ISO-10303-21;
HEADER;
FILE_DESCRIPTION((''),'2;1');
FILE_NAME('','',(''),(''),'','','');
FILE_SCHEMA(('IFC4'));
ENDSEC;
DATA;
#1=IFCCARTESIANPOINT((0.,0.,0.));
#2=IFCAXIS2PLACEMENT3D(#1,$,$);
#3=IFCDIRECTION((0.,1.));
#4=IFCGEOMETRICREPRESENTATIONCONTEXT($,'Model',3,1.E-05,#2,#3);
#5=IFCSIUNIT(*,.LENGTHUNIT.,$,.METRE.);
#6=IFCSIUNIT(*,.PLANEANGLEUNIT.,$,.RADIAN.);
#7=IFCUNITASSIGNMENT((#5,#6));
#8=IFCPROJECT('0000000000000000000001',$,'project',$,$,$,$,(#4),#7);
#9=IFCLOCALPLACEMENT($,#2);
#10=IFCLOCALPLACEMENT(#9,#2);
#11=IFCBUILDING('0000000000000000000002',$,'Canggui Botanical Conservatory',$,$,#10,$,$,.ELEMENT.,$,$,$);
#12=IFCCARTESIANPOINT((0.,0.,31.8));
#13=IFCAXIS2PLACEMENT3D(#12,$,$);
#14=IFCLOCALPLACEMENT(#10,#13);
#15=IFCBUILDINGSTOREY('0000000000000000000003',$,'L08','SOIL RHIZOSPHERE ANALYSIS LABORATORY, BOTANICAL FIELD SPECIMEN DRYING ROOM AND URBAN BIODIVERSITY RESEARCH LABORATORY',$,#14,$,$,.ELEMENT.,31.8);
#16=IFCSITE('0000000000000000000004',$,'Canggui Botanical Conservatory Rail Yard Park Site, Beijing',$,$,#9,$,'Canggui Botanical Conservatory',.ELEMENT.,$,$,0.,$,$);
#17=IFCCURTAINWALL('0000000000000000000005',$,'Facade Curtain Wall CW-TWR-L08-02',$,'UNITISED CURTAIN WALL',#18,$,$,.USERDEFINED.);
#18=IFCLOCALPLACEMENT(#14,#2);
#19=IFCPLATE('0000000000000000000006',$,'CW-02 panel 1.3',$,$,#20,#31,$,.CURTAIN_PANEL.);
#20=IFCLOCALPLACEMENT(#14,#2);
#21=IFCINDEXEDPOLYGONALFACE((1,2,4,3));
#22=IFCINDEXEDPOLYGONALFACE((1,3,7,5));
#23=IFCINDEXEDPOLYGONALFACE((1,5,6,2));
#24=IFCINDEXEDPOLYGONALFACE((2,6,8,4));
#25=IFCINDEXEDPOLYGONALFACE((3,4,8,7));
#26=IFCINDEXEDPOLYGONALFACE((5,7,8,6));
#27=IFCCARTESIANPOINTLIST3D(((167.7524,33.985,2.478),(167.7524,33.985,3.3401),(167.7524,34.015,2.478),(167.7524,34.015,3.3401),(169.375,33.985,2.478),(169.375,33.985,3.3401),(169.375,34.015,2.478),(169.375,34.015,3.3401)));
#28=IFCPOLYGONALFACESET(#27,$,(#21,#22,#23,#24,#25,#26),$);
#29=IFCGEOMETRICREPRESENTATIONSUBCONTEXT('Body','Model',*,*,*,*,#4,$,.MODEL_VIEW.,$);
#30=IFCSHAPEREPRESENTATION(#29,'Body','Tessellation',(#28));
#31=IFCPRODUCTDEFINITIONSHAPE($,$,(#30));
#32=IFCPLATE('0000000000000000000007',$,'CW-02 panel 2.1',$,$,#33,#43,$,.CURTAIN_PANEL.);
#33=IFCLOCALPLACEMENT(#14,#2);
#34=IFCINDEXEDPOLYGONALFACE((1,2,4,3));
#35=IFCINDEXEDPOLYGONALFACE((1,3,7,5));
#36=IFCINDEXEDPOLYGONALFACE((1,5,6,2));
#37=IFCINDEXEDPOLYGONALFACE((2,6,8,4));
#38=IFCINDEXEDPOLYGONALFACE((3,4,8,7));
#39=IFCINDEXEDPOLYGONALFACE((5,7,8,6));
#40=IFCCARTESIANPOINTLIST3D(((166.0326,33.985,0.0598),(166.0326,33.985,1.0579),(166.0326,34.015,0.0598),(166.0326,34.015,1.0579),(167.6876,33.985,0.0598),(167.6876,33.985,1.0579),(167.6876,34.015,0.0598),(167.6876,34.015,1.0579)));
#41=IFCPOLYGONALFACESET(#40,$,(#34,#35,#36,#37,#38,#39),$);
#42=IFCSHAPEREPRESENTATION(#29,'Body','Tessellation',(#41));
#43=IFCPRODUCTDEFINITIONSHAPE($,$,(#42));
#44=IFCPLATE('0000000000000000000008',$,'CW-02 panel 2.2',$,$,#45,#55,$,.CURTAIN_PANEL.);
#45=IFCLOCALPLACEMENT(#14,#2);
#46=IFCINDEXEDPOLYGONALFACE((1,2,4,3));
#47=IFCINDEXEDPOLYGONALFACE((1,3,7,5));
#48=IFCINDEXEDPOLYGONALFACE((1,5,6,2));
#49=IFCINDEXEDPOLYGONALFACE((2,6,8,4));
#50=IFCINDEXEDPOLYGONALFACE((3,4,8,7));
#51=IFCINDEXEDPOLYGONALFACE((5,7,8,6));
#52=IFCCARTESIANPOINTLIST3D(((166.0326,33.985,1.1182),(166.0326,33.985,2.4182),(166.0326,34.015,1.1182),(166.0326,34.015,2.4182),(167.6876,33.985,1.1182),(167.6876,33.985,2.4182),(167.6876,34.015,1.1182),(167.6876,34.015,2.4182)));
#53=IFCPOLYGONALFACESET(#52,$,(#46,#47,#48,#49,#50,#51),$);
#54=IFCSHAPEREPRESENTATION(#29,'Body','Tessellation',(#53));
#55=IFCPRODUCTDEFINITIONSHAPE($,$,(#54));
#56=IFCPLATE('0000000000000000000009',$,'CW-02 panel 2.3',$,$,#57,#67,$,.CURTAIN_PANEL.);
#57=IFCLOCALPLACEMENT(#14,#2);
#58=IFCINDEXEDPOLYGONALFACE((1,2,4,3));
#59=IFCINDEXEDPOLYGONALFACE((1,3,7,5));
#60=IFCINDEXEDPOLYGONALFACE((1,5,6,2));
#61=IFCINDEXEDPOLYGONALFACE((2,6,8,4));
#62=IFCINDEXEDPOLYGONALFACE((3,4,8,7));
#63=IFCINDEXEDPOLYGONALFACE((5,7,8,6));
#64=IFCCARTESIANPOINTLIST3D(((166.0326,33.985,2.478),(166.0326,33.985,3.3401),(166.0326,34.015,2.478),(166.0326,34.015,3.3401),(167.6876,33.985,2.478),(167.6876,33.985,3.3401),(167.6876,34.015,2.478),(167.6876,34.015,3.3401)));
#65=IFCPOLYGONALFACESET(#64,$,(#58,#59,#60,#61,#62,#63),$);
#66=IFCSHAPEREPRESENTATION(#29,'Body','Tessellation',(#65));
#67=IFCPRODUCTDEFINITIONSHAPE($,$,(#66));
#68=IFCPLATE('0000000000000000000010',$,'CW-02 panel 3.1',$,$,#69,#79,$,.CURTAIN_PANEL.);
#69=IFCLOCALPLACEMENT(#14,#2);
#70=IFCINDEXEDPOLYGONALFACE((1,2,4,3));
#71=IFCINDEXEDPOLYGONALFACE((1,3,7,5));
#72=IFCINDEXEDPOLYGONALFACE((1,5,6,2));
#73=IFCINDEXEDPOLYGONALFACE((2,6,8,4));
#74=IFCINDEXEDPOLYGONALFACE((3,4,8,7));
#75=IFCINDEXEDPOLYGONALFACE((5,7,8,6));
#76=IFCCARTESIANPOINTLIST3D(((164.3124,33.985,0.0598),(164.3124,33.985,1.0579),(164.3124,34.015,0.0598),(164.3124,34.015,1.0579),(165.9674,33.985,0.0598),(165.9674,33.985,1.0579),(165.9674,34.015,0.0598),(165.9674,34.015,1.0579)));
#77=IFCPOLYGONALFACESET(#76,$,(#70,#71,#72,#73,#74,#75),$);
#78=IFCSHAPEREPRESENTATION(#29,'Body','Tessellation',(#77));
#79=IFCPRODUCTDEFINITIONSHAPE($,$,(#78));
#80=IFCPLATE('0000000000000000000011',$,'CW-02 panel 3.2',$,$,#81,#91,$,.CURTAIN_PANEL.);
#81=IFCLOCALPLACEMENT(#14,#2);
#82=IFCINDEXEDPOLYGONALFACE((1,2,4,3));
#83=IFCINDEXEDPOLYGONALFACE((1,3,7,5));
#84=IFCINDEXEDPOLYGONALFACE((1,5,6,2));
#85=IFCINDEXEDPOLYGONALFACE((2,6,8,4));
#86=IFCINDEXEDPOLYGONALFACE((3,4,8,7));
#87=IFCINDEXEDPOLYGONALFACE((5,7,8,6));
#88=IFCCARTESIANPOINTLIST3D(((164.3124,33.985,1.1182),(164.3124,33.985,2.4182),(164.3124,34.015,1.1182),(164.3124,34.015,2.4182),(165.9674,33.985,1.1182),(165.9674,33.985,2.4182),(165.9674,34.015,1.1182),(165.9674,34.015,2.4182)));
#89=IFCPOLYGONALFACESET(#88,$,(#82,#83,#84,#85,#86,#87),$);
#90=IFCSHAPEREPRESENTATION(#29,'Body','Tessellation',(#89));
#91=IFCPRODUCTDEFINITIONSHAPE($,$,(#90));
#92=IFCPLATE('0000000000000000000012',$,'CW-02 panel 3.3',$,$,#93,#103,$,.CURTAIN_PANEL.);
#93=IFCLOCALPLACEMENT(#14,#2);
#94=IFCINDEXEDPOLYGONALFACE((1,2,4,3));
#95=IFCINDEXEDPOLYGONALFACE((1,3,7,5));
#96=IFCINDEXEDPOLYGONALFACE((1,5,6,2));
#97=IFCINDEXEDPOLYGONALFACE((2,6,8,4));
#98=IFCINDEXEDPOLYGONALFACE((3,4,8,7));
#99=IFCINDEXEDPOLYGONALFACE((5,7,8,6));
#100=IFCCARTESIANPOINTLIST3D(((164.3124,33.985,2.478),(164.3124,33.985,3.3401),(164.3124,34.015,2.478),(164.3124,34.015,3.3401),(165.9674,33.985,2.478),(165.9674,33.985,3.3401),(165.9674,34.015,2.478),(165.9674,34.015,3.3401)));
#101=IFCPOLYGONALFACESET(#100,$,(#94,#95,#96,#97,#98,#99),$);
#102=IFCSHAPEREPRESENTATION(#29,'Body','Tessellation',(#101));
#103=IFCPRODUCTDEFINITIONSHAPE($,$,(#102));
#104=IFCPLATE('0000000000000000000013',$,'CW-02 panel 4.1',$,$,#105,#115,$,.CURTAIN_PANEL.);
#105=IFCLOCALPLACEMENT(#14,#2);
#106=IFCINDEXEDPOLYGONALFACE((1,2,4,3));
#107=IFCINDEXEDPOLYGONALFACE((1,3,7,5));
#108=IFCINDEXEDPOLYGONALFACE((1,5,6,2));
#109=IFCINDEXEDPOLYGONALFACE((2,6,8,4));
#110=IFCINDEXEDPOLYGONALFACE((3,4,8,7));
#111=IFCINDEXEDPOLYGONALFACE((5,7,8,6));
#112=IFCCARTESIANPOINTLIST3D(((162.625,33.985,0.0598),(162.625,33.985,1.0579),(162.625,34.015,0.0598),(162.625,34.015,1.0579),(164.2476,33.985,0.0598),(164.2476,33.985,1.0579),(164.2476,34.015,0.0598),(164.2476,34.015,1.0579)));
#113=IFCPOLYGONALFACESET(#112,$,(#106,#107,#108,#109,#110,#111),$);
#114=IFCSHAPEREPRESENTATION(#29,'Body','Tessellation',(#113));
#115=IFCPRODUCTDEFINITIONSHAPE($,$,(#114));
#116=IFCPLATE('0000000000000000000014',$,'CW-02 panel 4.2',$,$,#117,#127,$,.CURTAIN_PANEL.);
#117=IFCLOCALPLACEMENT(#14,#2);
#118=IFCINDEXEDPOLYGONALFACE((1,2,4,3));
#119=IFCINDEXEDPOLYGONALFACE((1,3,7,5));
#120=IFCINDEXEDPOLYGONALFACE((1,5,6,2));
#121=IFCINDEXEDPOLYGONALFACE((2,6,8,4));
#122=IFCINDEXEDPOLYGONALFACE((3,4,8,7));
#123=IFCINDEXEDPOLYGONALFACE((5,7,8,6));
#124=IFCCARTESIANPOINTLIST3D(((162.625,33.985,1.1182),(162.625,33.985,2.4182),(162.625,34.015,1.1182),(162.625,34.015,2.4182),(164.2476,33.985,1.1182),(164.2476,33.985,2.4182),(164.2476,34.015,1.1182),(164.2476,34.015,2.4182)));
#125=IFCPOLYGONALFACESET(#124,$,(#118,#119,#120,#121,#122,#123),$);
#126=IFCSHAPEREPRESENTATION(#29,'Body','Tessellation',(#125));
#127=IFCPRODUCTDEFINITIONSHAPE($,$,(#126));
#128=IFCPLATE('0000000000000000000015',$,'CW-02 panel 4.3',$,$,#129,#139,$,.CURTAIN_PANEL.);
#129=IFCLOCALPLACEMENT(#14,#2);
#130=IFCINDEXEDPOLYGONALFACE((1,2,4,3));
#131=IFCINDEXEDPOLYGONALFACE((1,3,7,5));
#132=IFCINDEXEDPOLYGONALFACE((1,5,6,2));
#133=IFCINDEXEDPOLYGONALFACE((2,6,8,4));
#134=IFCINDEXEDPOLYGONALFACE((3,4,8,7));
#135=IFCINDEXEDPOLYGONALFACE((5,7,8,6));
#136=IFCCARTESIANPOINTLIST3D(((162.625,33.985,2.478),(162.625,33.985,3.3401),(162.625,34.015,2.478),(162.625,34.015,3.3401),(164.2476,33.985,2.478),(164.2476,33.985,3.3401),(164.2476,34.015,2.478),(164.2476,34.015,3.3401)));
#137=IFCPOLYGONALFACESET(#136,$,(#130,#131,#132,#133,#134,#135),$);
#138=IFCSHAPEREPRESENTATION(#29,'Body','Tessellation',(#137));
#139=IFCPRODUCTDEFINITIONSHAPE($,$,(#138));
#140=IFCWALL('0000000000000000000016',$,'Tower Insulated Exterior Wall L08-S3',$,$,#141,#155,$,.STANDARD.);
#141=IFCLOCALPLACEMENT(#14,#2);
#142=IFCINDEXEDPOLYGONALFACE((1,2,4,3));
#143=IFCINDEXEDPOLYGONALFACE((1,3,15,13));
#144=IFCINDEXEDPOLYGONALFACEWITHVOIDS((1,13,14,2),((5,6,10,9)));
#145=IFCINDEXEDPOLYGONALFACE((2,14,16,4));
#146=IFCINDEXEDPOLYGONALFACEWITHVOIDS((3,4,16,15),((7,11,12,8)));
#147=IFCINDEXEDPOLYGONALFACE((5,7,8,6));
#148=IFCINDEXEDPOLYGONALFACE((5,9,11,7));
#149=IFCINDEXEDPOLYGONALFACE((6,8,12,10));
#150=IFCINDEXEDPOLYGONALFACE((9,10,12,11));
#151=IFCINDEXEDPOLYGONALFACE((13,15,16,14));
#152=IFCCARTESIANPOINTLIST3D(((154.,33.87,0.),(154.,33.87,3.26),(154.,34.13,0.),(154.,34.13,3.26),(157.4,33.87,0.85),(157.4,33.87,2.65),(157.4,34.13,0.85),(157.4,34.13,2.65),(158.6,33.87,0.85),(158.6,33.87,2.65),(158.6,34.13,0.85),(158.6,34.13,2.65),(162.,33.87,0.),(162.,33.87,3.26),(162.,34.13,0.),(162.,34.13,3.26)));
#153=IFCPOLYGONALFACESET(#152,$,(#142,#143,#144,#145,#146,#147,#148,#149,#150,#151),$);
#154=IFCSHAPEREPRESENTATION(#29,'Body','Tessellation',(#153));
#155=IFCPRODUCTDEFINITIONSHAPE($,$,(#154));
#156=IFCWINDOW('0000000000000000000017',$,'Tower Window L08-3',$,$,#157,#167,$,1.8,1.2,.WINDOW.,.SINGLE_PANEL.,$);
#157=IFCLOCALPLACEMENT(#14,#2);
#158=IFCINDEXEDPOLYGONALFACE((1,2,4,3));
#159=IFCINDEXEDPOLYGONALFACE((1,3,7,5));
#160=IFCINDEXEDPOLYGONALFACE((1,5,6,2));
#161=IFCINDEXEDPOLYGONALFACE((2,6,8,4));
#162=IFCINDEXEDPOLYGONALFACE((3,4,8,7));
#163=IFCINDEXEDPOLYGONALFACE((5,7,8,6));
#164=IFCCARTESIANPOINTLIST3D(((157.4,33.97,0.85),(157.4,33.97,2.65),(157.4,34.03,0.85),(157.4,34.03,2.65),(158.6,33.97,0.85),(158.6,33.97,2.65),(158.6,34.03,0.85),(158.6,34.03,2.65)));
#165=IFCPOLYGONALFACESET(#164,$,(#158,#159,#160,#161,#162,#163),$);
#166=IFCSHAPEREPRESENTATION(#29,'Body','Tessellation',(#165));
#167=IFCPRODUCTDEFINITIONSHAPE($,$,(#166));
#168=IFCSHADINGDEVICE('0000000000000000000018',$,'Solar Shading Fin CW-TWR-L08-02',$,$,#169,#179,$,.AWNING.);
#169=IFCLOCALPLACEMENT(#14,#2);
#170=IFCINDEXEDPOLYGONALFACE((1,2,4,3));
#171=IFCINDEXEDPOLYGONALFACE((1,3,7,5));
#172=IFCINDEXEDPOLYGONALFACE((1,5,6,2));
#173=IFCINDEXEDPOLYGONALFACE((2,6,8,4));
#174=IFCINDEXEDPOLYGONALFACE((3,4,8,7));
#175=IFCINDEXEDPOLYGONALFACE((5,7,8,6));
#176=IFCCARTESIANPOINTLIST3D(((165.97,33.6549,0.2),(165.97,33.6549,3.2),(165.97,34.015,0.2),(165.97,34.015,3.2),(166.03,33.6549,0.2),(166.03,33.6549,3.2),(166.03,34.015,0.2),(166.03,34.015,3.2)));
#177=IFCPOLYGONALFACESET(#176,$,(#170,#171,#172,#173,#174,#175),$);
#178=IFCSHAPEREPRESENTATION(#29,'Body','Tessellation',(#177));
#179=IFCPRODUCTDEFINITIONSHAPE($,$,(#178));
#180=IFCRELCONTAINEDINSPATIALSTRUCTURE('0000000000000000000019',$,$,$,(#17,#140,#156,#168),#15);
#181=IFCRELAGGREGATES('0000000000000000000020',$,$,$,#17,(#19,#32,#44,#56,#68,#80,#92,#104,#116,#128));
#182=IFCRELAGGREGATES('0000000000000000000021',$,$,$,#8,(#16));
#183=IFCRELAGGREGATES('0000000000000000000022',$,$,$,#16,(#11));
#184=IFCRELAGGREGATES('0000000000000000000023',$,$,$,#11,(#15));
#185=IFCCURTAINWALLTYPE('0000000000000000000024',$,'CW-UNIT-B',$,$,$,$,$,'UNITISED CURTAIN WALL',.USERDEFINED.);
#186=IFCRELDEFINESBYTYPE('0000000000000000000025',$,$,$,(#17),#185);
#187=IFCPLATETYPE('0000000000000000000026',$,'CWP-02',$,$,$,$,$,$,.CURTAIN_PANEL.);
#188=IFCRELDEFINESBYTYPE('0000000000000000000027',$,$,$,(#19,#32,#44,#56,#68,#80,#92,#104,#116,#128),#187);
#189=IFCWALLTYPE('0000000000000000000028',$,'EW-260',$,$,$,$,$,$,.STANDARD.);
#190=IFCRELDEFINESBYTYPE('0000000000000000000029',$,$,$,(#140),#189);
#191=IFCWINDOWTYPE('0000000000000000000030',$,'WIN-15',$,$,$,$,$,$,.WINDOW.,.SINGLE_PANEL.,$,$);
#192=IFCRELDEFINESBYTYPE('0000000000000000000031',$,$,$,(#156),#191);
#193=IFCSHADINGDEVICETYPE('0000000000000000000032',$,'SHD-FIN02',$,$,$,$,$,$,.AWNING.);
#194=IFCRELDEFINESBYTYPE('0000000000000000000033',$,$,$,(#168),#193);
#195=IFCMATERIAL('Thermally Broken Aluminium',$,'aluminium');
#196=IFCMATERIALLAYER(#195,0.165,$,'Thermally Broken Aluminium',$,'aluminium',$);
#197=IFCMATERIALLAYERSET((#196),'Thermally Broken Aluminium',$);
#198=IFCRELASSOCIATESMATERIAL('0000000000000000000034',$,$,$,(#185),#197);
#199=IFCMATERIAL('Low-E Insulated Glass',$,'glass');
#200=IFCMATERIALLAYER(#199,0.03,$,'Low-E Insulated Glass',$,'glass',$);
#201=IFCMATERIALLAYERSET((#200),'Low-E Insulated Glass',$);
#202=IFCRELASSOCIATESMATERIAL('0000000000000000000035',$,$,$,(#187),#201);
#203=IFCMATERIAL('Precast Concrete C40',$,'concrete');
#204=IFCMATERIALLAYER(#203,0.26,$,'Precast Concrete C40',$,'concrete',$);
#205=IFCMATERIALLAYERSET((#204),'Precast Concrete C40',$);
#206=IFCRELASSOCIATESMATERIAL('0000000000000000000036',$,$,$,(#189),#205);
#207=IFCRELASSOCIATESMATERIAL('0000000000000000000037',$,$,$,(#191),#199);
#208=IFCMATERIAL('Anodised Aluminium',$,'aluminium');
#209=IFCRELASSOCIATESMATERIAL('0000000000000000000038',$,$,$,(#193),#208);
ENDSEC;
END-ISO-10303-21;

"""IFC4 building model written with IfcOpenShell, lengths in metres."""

from ifc_helpers import new_model, si_unit, direction, frame, frame_2d, origin, origin_2d, place, context, subcontext, project, spatial, rectangle, extrude, material, layer, layer_set, type_object, element, fill, aggregate, save


model = new_model("IFC4")

# Units and contexts
model_context = context("Model", 3, precision=1e-05, world=origin(), true_north=direction((0.0, 1.0)))
body_context = subcontext(model_context, "Body", "Model", "MODEL_VIEW")
ifc_project = project(units=[si_unit("LENGTHUNIT", "METRE"), si_unit("PLANEANGLEUNIT", "RADIAN")], contexts=[model_context])

# Site, building, storey
site_placement = place(None, origin())
site = spatial("IfcSite", under=ifc_project, at=site_placement, Name="Canggui Botanical Conservatory Rail Yard Park Site, Beijing", LongName="Canggui Botanical Conservatory", CompositionType="ELEMENT", RefElevation=0.0)
building_placement = place(site_placement, origin())
building = spatial("IfcBuilding", under=site, at=building_placement, Name="Canggui Botanical Conservatory", CompositionType="ELEMENT")
storey_placement = place(building_placement, frame((0.0, 0.0, 31.8)))
storey = spatial("IfcBuildingStorey", under=building, at=storey_placement, Name="L08", Description="SOIL RHIZOSPHERE ANALYSIS LABORATORY, BOTANICAL FIELD SPECIMEN DRYING ROOM AND URBAN BIODIVERSITY RESEARCH LABORATORY", CompositionType="ELEMENT", Elevation=31.8)

# Curtain wall, plates
ifc_material_1 = material(Name="Thermally Broken Aluminium", Category="aluminium")
ifc_layer_1 = layer(ifc_material_1, 0.165, Name="Thermally Broken Aluminium", Category="aluminium")
ifc_layer_set_1 = layer_set([ifc_layer_1], Name="Thermally Broken Aluminium")
curtain_wall_type = type_object("IfcCurtainWallType", Name="CW-UNIT-B", ElementType="UNITISED CURTAIN WALL", PredefinedType="USERDEFINED", material=ifc_layer_set_1)
curtain_wall_placement = place(storey_placement, origin())
curtain_wall = element("IfcCurtainWall", 1, at=curtain_wall_placement, inside=storey, type_object=curtain_wall_type, Name="Facade Curtain Wall CW-TWR-L08-02", ObjectType="UNITISED CURTAIN WALL", PredefinedType="USERDEFINED")
ifc_material_2 = material(Name="Low-E Insulated Glass", Category="glass")
ifc_layer_2 = layer(ifc_material_2, 0.03, Name="Low-E Insulated Glass", Category="glass")
ifc_layer_set_2 = layer_set([ifc_layer_2], Name="Low-E Insulated Glass")
plate_type = type_object("IfcPlateType", Name="CWP-02", PredefinedType="CURTAIN_PANEL", material=ifc_layer_set_2)
plate_1_placement = place(storey_placement, frame((168.5637, 34.0, 2.478), z_axis=(0.0, 0.0, 1.0), x_axis=(-1.0, 0.0, 0.0)))
plate_1 = element("IfcPlate", 2, at=plate_1_placement, type_object=plate_type, Name="CW-02 panel 1.3", PredefinedType="CURTAIN_PANEL", context=body_context, shape_type="SweptSolid", body=[
    extrude(rectangle(XDim=1.6226, YDim=0.03, at=origin_2d()), origin(), (0.0, 0.0, 1.0), 0.8621),
])
plate_2_placement = place(storey_placement, frame((166.8601, 34.0, 0.0598), z_axis=(0.0, 0.0, 1.0), x_axis=(-1.0, 0.0, 0.0)))
plate_2 = element("IfcPlate", 3, at=plate_2_placement, type_object=plate_type, Name="CW-02 panel 2.1", PredefinedType="CURTAIN_PANEL", context=body_context, shape_type="SweptSolid", body=[
    extrude(rectangle(XDim=1.655, YDim=0.03, at=origin_2d()), origin(), (0.0, 0.0, 1.0), 0.998),
])
plate_3_placement = place(storey_placement, frame((166.8601, 34.0, 1.1182), z_axis=(0.0, 0.0, 1.0), x_axis=(-1.0, 0.0, 0.0)))
plate_3 = element("IfcPlate", 4, at=plate_3_placement, type_object=plate_type, Name="CW-02 panel 2.2", PredefinedType="CURTAIN_PANEL", context=body_context, shape_type="SweptSolid", body=[
    extrude(rectangle(XDim=1.655, YDim=0.03, at=origin_2d()), origin(), (0.0, 0.0, 1.0), 1.3),
])
plate_4_placement = place(storey_placement, frame((166.8601, 34.0, 2.478), z_axis=(0.0, 0.0, 1.0), x_axis=(-1.0, 0.0, 0.0)))
plate_4 = element("IfcPlate", 5, at=plate_4_placement, type_object=plate_type, Name="CW-02 panel 2.3", PredefinedType="CURTAIN_PANEL", context=body_context, shape_type="SweptSolid", body=[
    extrude(rectangle(XDim=1.655, YDim=0.03, at=origin_2d()), origin(), (0.0, 0.0, 1.0), 0.8621),
])
plate_5_placement = place(storey_placement, frame((165.1399, 34.0, 0.0598), z_axis=(0.0, 0.0, 1.0), x_axis=(-1.0, 0.0, 0.0)))
plate_5 = element("IfcPlate", 6, at=plate_5_placement, type_object=plate_type, Name="CW-02 panel 3.1", PredefinedType="CURTAIN_PANEL", context=body_context, shape_type="SweptSolid", body=[
    extrude(rectangle(XDim=1.655, YDim=0.03, at=origin_2d()), origin(), (0.0, 0.0, 1.0), 0.998),
])
plate_6_placement = place(storey_placement, frame((165.1399, 34.0, 1.1182), z_axis=(0.0, 0.0, 1.0), x_axis=(-1.0, 0.0, 0.0)))
plate_6 = element("IfcPlate", 7, at=plate_6_placement, type_object=plate_type, Name="CW-02 panel 3.2", PredefinedType="CURTAIN_PANEL", context=body_context, shape_type="SweptSolid", body=[
    extrude(rectangle(XDim=1.655, YDim=0.03, at=origin_2d()), origin(), (0.0, 0.0, 1.0), 1.3),
])
plate_7_placement = place(storey_placement, frame((165.1399, 34.0, 2.478), z_axis=(0.0, 0.0, 1.0), x_axis=(-1.0, 0.0, 0.0)))
plate_7 = element("IfcPlate", 8, at=plate_7_placement, type_object=plate_type, Name="CW-02 panel 3.3", PredefinedType="CURTAIN_PANEL", context=body_context, shape_type="SweptSolid", body=[
    extrude(rectangle(XDim=1.655, YDim=0.03, at=origin_2d()), origin(), (0.0, 0.0, 1.0), 0.8621),
])
plate_8_placement = place(storey_placement, frame((163.4363, 34.0, 0.0598), z_axis=(0.0, 0.0, 1.0), x_axis=(-1.0, 0.0, 0.0)))
plate_8 = element("IfcPlate", 9, at=plate_8_placement, type_object=plate_type, Name="CW-02 panel 4.1", PredefinedType="CURTAIN_PANEL", context=body_context, shape_type="SweptSolid", body=[
    extrude(rectangle(XDim=1.6226, YDim=0.03, at=origin_2d()), origin(), (0.0, 0.0, 1.0), 0.998),
])
plate_9_placement = place(storey_placement, frame((163.4363, 34.0, 1.1182), z_axis=(0.0, 0.0, 1.0), x_axis=(-1.0, 0.0, 0.0)))
plate_9 = element("IfcPlate", 10, at=plate_9_placement, type_object=plate_type, Name="CW-02 panel 4.2", PredefinedType="CURTAIN_PANEL", context=body_context, shape_type="SweptSolid", body=[
    extrude(rectangle(XDim=1.6226, YDim=0.03, at=origin_2d()), origin(), (0.0, 0.0, 1.0), 1.3),
])
plate_10_placement = place(storey_placement, frame((163.4363, 34.0, 2.478), z_axis=(0.0, 0.0, 1.0), x_axis=(-1.0, 0.0, 0.0)))
plate_10 = element("IfcPlate", 11, at=plate_10_placement, type_object=plate_type, Name="CW-02 panel 4.3", PredefinedType="CURTAIN_PANEL", context=body_context, shape_type="SweptSolid", body=[
    extrude(rectangle(XDim=1.6226, YDim=0.03, at=origin_2d()), origin(), (0.0, 0.0, 1.0), 0.8621),
])
aggregate(curtain_wall, [plate_1, plate_2, plate_3, plate_4, plate_5, plate_6, plate_7, plate_8, plate_9, plate_10])

# Wall, opening, window
ifc_material_3 = material(Name="Precast Concrete C40", Category="concrete")
ifc_layer_3 = layer(ifc_material_3, 0.26, Name="Precast Concrete C40", Category="concrete")
ifc_layer_set_3 = layer_set([ifc_layer_3], Name="Precast Concrete C40")
wall_type = type_object("IfcWallType", Name="EW-260", PredefinedType="STANDARD", material=ifc_layer_set_3)
wall_placement = place(storey_placement, frame((162.0, 34.0, 0.0), z_axis=(0.0, 0.0, 1.0), x_axis=(-1.0, 0.0, 0.0)))
wall = element("IfcWall", 12, at=wall_placement, inside=storey, type_object=wall_type, Name="Tower Insulated Exterior Wall L08-S3", PredefinedType="STANDARD", context=body_context, shape_type="SweptSolid", body=[
    extrude(rectangle(XDim=8.0, YDim=0.26, at=frame_2d((4.0, 0.0))), origin(), (0.0, 0.0, 1.0), 3.26),
])
opening_placement = place(wall_placement, frame((3.3999, 0.0, 0.8501)))
opening = element("IfcOpeningElement", 13, at=opening_placement, cuts=wall, PredefinedType="OPENING", context=body_context, shape_type="SweptSolid", body=[
    extrude(rectangle(XDim=1.2, YDim=1.8, at=frame_2d((0.6001, 0.8999))), frame((0.0, 0.1401, 0.0), z_axis=(0.0, -1.0, 0.0), x_axis=(1.0, 0.0, 0.0)), (0.0, 0.0, 1.0), 0.28),
])
window_type = type_object("IfcWindowType", Name="WIN-15", PartitioningType="SINGLE_PANEL", PredefinedType="WINDOW", material=ifc_material_2)
window_placement = place(opening_placement, origin())
window = element("IfcWindow", 14, at=window_placement, inside=storey, type_object=window_type, Name="Tower Window L08-3", OverallHeight=1.8, OverallWidth=1.2, PartitioningType="SINGLE_PANEL", PredefinedType="WINDOW", context=body_context, shape_type="SweptSolid", body=[
    extrude(rectangle(XDim=1.2, YDim=1.8, at=frame_2d((0.6001, 0.8999))), frame((0.0, 0.03, 0.0), z_axis=(0.0, -1.0, 0.0), x_axis=(1.0, 0.0, 0.0)), (0.0, 0.0, 1.0), 0.0601),
])
fill(opening, window)

# Shading device
ifc_material_4 = material(Name="Anodised Aluminium", Category="aluminium")
shading_device_type = type_object("IfcShadingDeviceType", Name="SHD-FIN02", PredefinedType="AWNING", material=ifc_material_4)
shading_device_placement = place(storey_placement, frame((166.0, 33.835, 0.2), z_axis=(0.0, 0.0, 1.0), x_axis=(-1.0, 0.0, 0.0)))
element("IfcShadingDevice", 15, at=shading_device_placement, inside=storey, type_object=shading_device_type, Name="Solar Shading Fin CW-TWR-L08-02", PredefinedType="AWNING", context=body_context, shape_type="SweptSolid", body=[
    extrude(rectangle(XDim=0.0601, YDim=0.3601, at=origin_2d()), origin(), (0.0, 0.0, 1.0), 3.0),
])

save(model, "model.ifc")
